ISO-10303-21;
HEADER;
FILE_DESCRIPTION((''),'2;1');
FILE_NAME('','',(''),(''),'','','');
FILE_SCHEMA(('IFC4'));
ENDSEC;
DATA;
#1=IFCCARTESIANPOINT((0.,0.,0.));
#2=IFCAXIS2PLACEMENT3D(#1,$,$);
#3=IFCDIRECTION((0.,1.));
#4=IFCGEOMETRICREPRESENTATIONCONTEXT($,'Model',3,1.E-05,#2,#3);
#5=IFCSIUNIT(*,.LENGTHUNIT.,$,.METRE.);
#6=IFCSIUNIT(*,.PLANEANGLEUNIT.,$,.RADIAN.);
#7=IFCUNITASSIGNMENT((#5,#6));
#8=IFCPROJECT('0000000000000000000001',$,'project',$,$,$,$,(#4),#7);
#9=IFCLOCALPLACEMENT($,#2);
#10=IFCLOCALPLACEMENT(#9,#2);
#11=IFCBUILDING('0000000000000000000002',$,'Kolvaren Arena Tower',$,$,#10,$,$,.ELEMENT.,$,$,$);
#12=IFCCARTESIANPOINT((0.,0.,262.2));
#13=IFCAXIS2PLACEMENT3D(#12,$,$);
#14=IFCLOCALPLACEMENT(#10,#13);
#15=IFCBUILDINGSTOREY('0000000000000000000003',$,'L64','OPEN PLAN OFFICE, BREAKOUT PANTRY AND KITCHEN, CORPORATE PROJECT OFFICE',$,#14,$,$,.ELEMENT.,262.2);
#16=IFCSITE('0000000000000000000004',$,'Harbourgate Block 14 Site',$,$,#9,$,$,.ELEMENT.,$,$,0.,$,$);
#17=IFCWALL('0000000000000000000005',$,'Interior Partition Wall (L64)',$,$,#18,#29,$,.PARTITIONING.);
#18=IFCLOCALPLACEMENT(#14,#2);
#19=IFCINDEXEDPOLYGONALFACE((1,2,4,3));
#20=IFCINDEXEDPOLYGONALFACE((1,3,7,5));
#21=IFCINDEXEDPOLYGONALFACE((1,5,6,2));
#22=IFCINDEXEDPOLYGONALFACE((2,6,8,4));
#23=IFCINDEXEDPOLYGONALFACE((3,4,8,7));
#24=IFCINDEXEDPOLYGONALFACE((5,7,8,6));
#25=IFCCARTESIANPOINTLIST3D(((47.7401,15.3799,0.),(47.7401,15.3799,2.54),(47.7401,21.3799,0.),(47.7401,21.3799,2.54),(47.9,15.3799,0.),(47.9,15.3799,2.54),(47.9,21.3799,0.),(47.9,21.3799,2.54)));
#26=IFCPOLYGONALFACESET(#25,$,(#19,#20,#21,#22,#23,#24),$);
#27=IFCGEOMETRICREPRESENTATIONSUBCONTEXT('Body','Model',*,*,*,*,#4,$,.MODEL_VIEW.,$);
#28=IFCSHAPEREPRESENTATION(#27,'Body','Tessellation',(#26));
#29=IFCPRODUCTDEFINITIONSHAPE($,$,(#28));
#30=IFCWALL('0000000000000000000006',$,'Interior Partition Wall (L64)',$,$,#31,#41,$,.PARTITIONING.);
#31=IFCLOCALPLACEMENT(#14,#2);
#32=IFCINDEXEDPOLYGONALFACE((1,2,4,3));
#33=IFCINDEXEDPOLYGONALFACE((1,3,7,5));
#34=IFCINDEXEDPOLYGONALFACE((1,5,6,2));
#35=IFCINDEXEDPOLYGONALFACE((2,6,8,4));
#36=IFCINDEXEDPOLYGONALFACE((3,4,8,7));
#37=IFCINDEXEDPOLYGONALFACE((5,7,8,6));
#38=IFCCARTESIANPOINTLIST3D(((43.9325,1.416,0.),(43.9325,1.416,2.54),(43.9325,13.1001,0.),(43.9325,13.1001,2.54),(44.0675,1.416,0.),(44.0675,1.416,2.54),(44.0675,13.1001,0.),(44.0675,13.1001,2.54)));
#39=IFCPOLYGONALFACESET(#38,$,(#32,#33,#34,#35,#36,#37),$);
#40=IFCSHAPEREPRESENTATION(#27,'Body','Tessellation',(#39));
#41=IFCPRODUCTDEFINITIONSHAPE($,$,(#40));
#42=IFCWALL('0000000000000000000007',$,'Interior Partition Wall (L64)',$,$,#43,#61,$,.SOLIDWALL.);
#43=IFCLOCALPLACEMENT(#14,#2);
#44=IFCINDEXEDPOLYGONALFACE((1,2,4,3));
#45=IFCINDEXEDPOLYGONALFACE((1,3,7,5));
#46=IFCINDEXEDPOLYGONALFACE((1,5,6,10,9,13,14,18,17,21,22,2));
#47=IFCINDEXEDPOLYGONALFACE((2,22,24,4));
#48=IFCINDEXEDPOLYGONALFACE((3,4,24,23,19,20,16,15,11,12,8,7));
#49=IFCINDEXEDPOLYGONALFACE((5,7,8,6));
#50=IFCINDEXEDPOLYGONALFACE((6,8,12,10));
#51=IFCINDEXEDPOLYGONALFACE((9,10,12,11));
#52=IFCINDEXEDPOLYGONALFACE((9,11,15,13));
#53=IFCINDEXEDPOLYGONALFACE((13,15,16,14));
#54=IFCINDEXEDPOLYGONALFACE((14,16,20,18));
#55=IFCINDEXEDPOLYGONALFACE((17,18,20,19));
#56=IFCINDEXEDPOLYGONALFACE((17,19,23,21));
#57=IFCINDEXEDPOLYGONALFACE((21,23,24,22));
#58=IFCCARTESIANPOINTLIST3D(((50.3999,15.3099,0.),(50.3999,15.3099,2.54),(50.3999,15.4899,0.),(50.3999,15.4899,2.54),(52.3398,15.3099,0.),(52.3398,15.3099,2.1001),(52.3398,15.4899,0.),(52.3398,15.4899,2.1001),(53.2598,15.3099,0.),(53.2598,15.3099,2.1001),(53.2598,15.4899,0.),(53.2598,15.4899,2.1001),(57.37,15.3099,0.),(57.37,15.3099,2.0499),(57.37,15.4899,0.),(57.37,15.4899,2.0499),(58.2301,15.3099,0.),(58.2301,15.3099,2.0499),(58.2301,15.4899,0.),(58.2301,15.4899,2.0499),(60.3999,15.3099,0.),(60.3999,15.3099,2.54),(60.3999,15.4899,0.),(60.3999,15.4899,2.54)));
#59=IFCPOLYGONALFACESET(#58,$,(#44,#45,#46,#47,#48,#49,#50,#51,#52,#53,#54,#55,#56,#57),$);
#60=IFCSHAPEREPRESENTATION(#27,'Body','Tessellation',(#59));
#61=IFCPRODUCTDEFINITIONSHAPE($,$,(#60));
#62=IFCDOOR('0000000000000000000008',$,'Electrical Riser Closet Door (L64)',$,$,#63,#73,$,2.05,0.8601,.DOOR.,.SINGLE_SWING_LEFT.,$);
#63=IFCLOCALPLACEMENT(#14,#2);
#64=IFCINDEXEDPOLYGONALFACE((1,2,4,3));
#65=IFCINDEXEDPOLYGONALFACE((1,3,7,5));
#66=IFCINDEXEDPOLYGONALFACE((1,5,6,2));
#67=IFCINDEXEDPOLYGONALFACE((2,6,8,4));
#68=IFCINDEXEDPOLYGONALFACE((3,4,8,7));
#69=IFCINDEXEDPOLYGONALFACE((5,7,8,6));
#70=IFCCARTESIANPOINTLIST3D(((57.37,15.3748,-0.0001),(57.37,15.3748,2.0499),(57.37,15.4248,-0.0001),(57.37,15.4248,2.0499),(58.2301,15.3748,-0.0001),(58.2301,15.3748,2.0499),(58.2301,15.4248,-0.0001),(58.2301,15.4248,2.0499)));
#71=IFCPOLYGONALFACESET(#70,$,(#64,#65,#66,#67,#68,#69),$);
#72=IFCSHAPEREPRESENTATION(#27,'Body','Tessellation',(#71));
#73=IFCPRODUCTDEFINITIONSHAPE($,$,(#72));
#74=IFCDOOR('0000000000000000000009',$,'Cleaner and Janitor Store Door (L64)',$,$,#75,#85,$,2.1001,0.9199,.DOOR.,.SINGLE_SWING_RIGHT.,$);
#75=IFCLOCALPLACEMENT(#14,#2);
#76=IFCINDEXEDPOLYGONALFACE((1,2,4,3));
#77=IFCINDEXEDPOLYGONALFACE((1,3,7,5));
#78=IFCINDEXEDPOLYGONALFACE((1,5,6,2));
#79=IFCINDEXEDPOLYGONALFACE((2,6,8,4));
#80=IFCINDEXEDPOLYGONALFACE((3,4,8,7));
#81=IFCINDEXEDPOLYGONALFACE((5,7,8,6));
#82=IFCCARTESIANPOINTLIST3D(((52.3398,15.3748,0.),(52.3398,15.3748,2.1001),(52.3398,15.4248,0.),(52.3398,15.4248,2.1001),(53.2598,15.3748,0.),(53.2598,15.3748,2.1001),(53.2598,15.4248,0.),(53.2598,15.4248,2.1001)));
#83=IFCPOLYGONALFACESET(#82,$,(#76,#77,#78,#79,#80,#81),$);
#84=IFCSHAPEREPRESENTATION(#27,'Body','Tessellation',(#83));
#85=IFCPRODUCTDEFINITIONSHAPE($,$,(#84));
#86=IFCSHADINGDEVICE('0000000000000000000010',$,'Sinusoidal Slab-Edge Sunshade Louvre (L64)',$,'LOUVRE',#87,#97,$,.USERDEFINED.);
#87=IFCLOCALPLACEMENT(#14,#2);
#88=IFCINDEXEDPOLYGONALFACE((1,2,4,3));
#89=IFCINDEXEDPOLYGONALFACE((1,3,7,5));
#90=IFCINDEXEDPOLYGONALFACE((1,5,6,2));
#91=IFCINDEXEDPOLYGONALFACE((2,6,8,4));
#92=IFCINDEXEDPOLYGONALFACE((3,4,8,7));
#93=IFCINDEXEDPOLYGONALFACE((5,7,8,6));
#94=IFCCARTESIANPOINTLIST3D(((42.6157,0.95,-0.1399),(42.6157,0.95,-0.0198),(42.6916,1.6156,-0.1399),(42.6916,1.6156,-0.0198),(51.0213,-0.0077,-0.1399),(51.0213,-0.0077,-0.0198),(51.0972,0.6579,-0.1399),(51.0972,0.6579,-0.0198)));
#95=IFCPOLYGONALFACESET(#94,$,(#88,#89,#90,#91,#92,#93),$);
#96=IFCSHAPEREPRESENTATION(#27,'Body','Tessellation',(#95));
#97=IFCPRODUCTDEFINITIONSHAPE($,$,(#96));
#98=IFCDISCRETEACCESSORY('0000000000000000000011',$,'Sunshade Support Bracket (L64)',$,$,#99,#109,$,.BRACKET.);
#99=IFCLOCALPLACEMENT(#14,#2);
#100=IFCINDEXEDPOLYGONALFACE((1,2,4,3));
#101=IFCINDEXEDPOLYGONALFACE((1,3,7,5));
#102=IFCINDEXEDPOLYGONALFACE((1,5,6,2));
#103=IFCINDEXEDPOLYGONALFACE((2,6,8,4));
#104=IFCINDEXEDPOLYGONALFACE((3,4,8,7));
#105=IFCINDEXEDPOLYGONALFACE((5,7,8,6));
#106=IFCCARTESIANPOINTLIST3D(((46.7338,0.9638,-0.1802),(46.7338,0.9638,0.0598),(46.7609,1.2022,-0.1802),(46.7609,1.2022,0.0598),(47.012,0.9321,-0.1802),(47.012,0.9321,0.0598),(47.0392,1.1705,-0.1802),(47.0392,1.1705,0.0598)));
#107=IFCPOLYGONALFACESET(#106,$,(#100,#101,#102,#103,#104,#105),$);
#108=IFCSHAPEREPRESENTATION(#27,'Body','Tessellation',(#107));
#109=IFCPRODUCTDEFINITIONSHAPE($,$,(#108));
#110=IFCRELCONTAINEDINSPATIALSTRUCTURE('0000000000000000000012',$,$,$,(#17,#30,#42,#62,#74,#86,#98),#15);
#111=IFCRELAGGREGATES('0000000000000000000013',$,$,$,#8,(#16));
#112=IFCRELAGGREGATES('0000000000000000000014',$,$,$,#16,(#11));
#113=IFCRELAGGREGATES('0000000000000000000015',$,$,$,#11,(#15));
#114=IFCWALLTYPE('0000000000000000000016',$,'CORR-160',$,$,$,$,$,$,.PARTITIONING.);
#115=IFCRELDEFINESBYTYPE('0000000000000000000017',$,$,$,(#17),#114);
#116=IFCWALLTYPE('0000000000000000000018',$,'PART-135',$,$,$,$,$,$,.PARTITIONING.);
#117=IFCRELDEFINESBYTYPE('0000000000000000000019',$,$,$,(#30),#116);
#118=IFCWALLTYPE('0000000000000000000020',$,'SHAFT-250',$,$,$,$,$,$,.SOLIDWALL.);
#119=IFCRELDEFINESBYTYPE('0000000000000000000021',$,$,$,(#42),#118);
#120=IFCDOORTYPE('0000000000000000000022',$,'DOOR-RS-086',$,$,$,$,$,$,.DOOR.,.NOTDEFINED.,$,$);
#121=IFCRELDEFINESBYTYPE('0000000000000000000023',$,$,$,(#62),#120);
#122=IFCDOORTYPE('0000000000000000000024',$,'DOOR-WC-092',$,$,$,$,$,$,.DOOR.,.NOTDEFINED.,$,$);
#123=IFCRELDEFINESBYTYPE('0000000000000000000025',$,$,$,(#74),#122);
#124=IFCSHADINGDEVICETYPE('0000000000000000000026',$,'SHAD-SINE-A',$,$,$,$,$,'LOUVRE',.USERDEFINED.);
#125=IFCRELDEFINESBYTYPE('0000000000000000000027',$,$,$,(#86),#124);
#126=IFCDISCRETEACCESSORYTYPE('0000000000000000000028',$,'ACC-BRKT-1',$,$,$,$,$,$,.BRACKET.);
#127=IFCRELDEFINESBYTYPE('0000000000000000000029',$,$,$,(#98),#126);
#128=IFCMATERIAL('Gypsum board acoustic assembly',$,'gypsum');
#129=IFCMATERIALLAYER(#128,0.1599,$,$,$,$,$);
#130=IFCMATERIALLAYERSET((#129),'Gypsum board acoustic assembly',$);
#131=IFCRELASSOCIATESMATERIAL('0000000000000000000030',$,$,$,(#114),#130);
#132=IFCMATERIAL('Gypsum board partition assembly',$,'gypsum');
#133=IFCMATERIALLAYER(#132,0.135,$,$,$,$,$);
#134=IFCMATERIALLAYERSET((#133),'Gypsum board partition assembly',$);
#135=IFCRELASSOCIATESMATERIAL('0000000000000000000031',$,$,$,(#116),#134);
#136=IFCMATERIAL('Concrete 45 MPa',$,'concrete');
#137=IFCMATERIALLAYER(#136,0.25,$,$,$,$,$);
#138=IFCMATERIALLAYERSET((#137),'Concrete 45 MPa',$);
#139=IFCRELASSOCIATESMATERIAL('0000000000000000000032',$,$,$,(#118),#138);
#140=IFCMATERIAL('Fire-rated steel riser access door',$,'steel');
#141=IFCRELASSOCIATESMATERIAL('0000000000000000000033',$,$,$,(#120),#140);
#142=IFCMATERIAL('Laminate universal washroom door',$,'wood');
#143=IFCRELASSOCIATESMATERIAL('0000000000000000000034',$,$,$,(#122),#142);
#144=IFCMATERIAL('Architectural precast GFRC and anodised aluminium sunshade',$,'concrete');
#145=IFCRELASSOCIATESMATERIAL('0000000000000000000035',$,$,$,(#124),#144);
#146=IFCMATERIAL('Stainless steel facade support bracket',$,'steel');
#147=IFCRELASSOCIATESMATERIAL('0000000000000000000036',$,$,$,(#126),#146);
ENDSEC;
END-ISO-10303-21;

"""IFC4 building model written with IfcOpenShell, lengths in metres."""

from ifc_helpers import new_model, si_unit, direction, frame, frame_2d, origin, origin_2d, place, context, subcontext, project, spatial, rectangle, extrude, material, layer, layer_set, type_object, element, fill, save


model = new_model("IFC4")

# Units and contexts
model_context = context("Model", 3, precision=1e-05, world=origin(), true_north=direction((0.0, 1.0)))
body_context = subcontext(model_context, "Body", "Model", "MODEL_VIEW")
ifc_project = project(units=[si_unit("LENGTHUNIT", "METRE"), si_unit("PLANEANGLEUNIT", "RADIAN")], contexts=[model_context])

# Site, building, storey
site_placement = place(None, origin())
site = spatial("IfcSite", under=ifc_project, at=site_placement, Name="Harbourgate Block 14 Site", CompositionType="ELEMENT", RefElevation=0.0)
building_placement = place(site_placement, origin())
building = spatial("IfcBuilding", under=site, at=building_placement, Name="Kolvaren Arena Tower", CompositionType="ELEMENT")
storey_placement = place(building_placement, frame((0.0, 0.0, 262.2)))
storey = spatial("IfcBuildingStorey", under=building, at=storey_placement, Name="L64", Description="OPEN PLAN OFFICE, BREAKOUT PANTRY AND KITCHEN, CORPORATE PROJECT OFFICE", CompositionType="ELEMENT", Elevation=262.2)

# Walls
ifc_material_1 = material(Name="Gypsum board acoustic assembly", Category="gypsum")
ifc_layer_1 = layer(ifc_material_1, 0.1599)
ifc_layer_set_1 = layer_set([ifc_layer_1], Name="Gypsum board acoustic assembly")
wall_type_1 = type_object("IfcWallType", Name="CORR-160", PredefinedType="PARTITIONING", material=ifc_layer_set_1)
for number, where, z_axis, x_axis, name in (
    (1, (47.8201, 15.3799, 0.0), (0.0, 0.0, 1.0), (0.0, 1.0, 0.0), "Interior Partition Wall (L64)"),
):
    element("IfcWall", number, at=place(storey_placement, frame(where, z_axis=z_axis, x_axis=x_axis)), inside=storey, type_object=wall_type_1, Name=name, PredefinedType="PARTITIONING", context=body_context, shape_type="SweptSolid", body=[
        extrude(rectangle(XDim=6.0, YDim=0.1599, at=frame_2d((3.0, 0.0))), origin(), (0.0, 0.0, 1.0), 2.54),
    ])
ifc_material_2 = material(Name="Gypsum board partition assembly", Category="gypsum")
ifc_layer_2 = layer(ifc_material_2, 0.135)
ifc_layer_set_2 = layer_set([ifc_layer_2], Name="Gypsum board partition assembly")
wall_type_2 = type_object("IfcWallType", Name="PART-135", PredefinedType="PARTITIONING", material=ifc_layer_set_2)
wall_1_placement = place(storey_placement, frame((44.0, 1.416, 0.0), z_axis=(0.0, 0.0, 1.0), x_axis=(0.0, 1.0, 0.0)))
element("IfcWall", 2, at=wall_1_placement, inside=storey, type_object=wall_type_2, Name="Interior Partition Wall (L64)", PredefinedType="PARTITIONING", context=body_context, shape_type="SweptSolid", body=[
    extrude(rectangle(XDim=11.6841, YDim=0.135, at=frame_2d((5.842, 0.0))), origin(), (0.0, 0.0, 1.0), 2.54),
])

# Wall, openings, doors
ifc_material_3 = material(Name="Concrete 45 MPa", Category="concrete")
ifc_layer_3 = layer(ifc_material_3, 0.25)
ifc_layer_set_3 = layer_set([ifc_layer_3], Name="Concrete 45 MPa")
wall_type_3 = type_object("IfcWallType", Name="SHAFT-250", PredefinedType="SOLIDWALL", material=ifc_layer_set_3)
wall_2_placement = place(storey_placement, frame((50.3999, 15.3999, 0.0), z_axis=(0.0, 0.0, 1.0), x_axis=(1.0, 0.0, 0.0)))
wall_2 = element("IfcWall", 3, at=wall_2_placement, inside=storey, type_object=wall_type_3, Name="Interior Partition Wall (L64)", PredefinedType="SOLIDWALL", context=body_context, shape_type="SweptSolid", body=[
    extrude(rectangle(XDim=10.0, YDim=0.1799, at=frame_2d((5.0, 0.0))), origin(), (0.0, 0.0, 1.0), 2.54),
])
opening_1_placement = place(wall_2_placement, frame((1.9399, 0.0, 0.0)))
opening_1 = element("IfcOpeningElement", 4, at=opening_1_placement, cuts=wall_2, PredefinedType="OPENING", context=body_context, shape_type="SweptSolid", body=[
    extrude(rectangle(XDim=0.9199, YDim=2.1001, at=frame_2d((0.46, 1.05))), frame((0.0, 0.0999, 0.0), z_axis=(0.0, -1.0, 0.0), x_axis=(1.0, 0.0, 0.0)), (0.0, 0.0, 1.0), 0.2),
])
opening_2_placement = place(wall_2_placement, frame((6.97, 0.0, 0.0)))
opening_2 = element("IfcOpeningElement", 5, at=opening_2_placement, cuts=wall_2, PredefinedType="OPENING", context=body_context, shape_type="SweptSolid", body=[
    extrude(rectangle(XDim=0.8601, YDim=2.05, at=frame_2d((0.4302, 1.0249))), frame((0.0, 0.0999, 0.0), z_axis=(0.0, -1.0, 0.0), x_axis=(1.0, 0.0, 0.0)), (0.0, 0.0, 1.0), 0.2),
])
ifc_material_4 = material(Name="Fire-rated steel riser access door", Category="steel")
door_type_1 = type_object("IfcDoorType", Name="DOOR-RS-086", OperationType="NOTDEFINED", PredefinedType="DOOR", material=ifc_material_4)
door_1_placement = place(opening_2_placement, origin())
door_1 = element("IfcDoor", 6, at=door_1_placement, inside=storey, type_object=door_type_1, Name="Electrical Riser Closet Door (L64)", OperationType="SINGLE_SWING_LEFT", OverallHeight=2.05, OverallWidth=0.8601, PredefinedType="DOOR", context=body_context, shape_type="SweptSolid", body=[
    extrude(rectangle(XDim=0.8601, YDim=2.05, at=frame_2d((0.4302, 1.0249))), frame((0.0, 0.0249, 0.0), z_axis=(0.0, -1.0, 0.0), x_axis=(1.0, 0.0, 0.0)), (0.0, 0.0, 1.0), 0.05),
])
fill(opening_2, door_1)
ifc_material_5 = material(Name="Laminate universal washroom door", Category="wood")
door_type_2 = type_object("IfcDoorType", Name="DOOR-WC-092", OperationType="NOTDEFINED", PredefinedType="DOOR", material=ifc_material_5)
door_2_placement = place(opening_1_placement, origin())
door_2 = element("IfcDoor", 7, at=door_2_placement, inside=storey, type_object=door_type_2, Name="Cleaner and Janitor Store Door (L64)", OperationType="SINGLE_SWING_RIGHT", OverallHeight=2.1001, OverallWidth=0.9199, PredefinedType="DOOR", context=body_context, shape_type="SweptSolid", body=[
    extrude(rectangle(XDim=0.9199, YDim=2.1001, at=frame_2d((0.46, 1.05))), frame((0.0, 0.0249, 0.0), z_axis=(0.0, -1.0, 0.0), x_axis=(1.0, 0.0, 0.0)), (0.0, 0.0, 1.0), 0.05),
])
fill(opening_1, door_2)

# Shading device
ifc_material_6 = material(Name="Architectural precast GFRC and anodised aluminium sunshade", Category="concrete")
shading_device_type = type_object("IfcShadingDeviceType", Name="SHAD-SINE-A", ElementType="LOUVRE", PredefinedType="USERDEFINED", material=ifc_material_6)
shading_device_placement = place(storey_placement, frame((46.8564, 0.804, -0.1399), z_axis=(0.0, 0.0, 1.0), x_axis=(-0.993572, 0.113205, 0.0)))
element("IfcShadingDevice", 8, at=shading_device_placement, inside=storey, type_object=shading_device_type, Name="Sinusoidal Slab-Edge Sunshade Louvre (L64)", ObjectType="LOUVRE", PredefinedType="USERDEFINED", context=body_context, shape_type="SweptSolid", body=[
    extrude(rectangle(XDim=8.46, YDim=0.6699, at=origin_2d()), origin(), (0.0, 0.0, 1.0), 0.1201),
])

# Discrete accessory
ifc_material_7 = material(Name="Stainless steel facade support bracket", Category="steel")
discrete_accessory_type = type_object("IfcDiscreteAccessoryType", Name="ACC-BRKT-1", PredefinedType="BRACKET", material=ifc_material_7)
discrete_accessory_placement = place(storey_placement, frame((46.8865, 1.0671, -0.1802), z_axis=(0.0, 0.0, 1.0), x_axis=(-0.993572, 0.113205, 0.0)))
element("IfcDiscreteAccessory", 9, at=discrete_accessory_placement, inside=storey, type_object=discrete_accessory_type, Name="Sunshade Support Bracket (L64)", PredefinedType="BRACKET", context=body_context, shape_type="SweptSolid", body=[
    extrude(rectangle(XDim=0.28, YDim=0.24, at=origin_2d()), origin(), (0.0, 0.0, 1.0), 0.24),
])

save(model, "model.ifc")
